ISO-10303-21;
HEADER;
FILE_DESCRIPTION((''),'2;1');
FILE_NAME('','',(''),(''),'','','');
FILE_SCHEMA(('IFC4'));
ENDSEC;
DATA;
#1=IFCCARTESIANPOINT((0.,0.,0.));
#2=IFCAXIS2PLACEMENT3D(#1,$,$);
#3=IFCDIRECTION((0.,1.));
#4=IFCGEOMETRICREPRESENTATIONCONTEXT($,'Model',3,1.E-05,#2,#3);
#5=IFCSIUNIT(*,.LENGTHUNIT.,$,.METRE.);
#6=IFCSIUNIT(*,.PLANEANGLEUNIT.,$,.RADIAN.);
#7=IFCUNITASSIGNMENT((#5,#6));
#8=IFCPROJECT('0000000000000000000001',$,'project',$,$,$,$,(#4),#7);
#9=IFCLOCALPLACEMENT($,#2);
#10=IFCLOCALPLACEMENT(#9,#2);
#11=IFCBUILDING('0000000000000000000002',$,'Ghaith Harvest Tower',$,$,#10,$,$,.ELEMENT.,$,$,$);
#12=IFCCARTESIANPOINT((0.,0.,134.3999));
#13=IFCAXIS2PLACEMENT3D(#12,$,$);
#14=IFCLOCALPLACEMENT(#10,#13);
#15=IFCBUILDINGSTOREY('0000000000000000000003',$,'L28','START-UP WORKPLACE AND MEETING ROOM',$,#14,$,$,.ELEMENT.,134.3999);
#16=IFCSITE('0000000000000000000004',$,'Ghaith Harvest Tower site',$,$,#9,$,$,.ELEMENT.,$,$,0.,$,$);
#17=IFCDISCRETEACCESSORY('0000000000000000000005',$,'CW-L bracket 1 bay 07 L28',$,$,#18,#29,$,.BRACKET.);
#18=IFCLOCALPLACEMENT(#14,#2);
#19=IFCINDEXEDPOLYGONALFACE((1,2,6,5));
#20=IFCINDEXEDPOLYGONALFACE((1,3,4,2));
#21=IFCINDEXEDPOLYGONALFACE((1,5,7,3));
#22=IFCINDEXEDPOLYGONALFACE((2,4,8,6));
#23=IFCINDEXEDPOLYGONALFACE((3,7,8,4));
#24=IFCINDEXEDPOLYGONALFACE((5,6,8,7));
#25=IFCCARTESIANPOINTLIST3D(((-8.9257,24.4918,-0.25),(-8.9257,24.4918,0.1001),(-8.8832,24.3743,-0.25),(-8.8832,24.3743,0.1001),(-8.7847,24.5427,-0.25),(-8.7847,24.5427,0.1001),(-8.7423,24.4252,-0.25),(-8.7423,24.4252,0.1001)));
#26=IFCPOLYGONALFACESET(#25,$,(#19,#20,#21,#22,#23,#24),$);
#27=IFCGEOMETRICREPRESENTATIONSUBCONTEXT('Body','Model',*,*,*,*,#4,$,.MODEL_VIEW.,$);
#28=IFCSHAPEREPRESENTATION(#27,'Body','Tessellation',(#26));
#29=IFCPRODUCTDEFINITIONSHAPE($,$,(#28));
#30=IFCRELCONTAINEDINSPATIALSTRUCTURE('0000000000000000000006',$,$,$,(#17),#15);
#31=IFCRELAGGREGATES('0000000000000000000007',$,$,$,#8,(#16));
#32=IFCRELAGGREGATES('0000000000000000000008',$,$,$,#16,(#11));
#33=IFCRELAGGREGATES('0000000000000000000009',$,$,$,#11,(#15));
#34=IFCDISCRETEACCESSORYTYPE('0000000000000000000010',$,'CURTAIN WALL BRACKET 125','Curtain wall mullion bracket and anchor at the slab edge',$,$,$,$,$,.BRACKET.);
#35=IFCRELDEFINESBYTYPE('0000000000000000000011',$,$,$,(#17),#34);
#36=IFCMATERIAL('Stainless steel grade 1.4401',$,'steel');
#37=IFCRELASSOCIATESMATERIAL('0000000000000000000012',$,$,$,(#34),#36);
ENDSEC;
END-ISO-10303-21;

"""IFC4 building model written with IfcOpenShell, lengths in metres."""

from ifc_helpers import new_model, si_unit, direction, frame, origin, origin_2d, place, context, subcontext, project, spatial, rectangle, extrude, material, type_object, element, save


model = new_model("IFC4")

# Units and contexts
model_context = context("Model", 3, precision=1e-05, world=origin(), true_north=direction((0.0, 1.0)))
body_context = subcontext(model_context, "Body", "Model", "MODEL_VIEW")
ifc_project = project(units=[si_unit("LENGTHUNIT", "METRE"), si_unit("PLANEANGLEUNIT", "RADIAN")], contexts=[model_context])

# Site, building, storey
site_placement = place(None, origin())
site = spatial("IfcSite", under=ifc_project, at=site_placement, Name="Ghaith Harvest Tower site", CompositionType="ELEMENT", RefElevation=0.0)
building_placement = place(site_placement, origin())
building = spatial("IfcBuilding", under=site, at=building_placement, Name="Ghaith Harvest Tower", CompositionType="ELEMENT")
storey_placement = place(building_placement, frame((0.0, 0.0, 134.3999)))
storey = spatial("IfcBuildingStorey", under=building, at=storey_placement, Name="L28", Description="START-UP WORKPLACE AND MEETING ROOM", CompositionType="ELEMENT", Elevation=134.3999)

# Discrete accessory
ifc_material_1 = material(Name="Stainless steel grade 1.4401", Category="steel")
discrete_accessory_type = type_object("IfcDiscreteAccessoryType", Name="CURTAIN WALL BRACKET 125", Description="Curtain wall mullion bracket and anchor at the slab edge", PredefinedType="BRACKET", material=ifc_material_1)
discrete_accessory_placement = place(storey_placement, frame((-8.834, 24.4585, -0.25), z_axis=(0.0, 0.0, 1.0), x_axis=(-0.339699, 0.940534, 0.0)))
element("IfcDiscreteAccessory", 1, at=discrete_accessory_placement, inside=storey, type_object=discrete_accessory_type, Name="CW-L bracket 1 bay 07 L28", PredefinedType="BRACKET", context=body_context, shape_type="SweptSolid", body=[
    extrude(rectangle(XDim=0.125, YDim=0.1499, at=origin_2d()), origin(), (0.0, 0.0, 1.0), 0.3501),
])

save(model, "model.ifc")
